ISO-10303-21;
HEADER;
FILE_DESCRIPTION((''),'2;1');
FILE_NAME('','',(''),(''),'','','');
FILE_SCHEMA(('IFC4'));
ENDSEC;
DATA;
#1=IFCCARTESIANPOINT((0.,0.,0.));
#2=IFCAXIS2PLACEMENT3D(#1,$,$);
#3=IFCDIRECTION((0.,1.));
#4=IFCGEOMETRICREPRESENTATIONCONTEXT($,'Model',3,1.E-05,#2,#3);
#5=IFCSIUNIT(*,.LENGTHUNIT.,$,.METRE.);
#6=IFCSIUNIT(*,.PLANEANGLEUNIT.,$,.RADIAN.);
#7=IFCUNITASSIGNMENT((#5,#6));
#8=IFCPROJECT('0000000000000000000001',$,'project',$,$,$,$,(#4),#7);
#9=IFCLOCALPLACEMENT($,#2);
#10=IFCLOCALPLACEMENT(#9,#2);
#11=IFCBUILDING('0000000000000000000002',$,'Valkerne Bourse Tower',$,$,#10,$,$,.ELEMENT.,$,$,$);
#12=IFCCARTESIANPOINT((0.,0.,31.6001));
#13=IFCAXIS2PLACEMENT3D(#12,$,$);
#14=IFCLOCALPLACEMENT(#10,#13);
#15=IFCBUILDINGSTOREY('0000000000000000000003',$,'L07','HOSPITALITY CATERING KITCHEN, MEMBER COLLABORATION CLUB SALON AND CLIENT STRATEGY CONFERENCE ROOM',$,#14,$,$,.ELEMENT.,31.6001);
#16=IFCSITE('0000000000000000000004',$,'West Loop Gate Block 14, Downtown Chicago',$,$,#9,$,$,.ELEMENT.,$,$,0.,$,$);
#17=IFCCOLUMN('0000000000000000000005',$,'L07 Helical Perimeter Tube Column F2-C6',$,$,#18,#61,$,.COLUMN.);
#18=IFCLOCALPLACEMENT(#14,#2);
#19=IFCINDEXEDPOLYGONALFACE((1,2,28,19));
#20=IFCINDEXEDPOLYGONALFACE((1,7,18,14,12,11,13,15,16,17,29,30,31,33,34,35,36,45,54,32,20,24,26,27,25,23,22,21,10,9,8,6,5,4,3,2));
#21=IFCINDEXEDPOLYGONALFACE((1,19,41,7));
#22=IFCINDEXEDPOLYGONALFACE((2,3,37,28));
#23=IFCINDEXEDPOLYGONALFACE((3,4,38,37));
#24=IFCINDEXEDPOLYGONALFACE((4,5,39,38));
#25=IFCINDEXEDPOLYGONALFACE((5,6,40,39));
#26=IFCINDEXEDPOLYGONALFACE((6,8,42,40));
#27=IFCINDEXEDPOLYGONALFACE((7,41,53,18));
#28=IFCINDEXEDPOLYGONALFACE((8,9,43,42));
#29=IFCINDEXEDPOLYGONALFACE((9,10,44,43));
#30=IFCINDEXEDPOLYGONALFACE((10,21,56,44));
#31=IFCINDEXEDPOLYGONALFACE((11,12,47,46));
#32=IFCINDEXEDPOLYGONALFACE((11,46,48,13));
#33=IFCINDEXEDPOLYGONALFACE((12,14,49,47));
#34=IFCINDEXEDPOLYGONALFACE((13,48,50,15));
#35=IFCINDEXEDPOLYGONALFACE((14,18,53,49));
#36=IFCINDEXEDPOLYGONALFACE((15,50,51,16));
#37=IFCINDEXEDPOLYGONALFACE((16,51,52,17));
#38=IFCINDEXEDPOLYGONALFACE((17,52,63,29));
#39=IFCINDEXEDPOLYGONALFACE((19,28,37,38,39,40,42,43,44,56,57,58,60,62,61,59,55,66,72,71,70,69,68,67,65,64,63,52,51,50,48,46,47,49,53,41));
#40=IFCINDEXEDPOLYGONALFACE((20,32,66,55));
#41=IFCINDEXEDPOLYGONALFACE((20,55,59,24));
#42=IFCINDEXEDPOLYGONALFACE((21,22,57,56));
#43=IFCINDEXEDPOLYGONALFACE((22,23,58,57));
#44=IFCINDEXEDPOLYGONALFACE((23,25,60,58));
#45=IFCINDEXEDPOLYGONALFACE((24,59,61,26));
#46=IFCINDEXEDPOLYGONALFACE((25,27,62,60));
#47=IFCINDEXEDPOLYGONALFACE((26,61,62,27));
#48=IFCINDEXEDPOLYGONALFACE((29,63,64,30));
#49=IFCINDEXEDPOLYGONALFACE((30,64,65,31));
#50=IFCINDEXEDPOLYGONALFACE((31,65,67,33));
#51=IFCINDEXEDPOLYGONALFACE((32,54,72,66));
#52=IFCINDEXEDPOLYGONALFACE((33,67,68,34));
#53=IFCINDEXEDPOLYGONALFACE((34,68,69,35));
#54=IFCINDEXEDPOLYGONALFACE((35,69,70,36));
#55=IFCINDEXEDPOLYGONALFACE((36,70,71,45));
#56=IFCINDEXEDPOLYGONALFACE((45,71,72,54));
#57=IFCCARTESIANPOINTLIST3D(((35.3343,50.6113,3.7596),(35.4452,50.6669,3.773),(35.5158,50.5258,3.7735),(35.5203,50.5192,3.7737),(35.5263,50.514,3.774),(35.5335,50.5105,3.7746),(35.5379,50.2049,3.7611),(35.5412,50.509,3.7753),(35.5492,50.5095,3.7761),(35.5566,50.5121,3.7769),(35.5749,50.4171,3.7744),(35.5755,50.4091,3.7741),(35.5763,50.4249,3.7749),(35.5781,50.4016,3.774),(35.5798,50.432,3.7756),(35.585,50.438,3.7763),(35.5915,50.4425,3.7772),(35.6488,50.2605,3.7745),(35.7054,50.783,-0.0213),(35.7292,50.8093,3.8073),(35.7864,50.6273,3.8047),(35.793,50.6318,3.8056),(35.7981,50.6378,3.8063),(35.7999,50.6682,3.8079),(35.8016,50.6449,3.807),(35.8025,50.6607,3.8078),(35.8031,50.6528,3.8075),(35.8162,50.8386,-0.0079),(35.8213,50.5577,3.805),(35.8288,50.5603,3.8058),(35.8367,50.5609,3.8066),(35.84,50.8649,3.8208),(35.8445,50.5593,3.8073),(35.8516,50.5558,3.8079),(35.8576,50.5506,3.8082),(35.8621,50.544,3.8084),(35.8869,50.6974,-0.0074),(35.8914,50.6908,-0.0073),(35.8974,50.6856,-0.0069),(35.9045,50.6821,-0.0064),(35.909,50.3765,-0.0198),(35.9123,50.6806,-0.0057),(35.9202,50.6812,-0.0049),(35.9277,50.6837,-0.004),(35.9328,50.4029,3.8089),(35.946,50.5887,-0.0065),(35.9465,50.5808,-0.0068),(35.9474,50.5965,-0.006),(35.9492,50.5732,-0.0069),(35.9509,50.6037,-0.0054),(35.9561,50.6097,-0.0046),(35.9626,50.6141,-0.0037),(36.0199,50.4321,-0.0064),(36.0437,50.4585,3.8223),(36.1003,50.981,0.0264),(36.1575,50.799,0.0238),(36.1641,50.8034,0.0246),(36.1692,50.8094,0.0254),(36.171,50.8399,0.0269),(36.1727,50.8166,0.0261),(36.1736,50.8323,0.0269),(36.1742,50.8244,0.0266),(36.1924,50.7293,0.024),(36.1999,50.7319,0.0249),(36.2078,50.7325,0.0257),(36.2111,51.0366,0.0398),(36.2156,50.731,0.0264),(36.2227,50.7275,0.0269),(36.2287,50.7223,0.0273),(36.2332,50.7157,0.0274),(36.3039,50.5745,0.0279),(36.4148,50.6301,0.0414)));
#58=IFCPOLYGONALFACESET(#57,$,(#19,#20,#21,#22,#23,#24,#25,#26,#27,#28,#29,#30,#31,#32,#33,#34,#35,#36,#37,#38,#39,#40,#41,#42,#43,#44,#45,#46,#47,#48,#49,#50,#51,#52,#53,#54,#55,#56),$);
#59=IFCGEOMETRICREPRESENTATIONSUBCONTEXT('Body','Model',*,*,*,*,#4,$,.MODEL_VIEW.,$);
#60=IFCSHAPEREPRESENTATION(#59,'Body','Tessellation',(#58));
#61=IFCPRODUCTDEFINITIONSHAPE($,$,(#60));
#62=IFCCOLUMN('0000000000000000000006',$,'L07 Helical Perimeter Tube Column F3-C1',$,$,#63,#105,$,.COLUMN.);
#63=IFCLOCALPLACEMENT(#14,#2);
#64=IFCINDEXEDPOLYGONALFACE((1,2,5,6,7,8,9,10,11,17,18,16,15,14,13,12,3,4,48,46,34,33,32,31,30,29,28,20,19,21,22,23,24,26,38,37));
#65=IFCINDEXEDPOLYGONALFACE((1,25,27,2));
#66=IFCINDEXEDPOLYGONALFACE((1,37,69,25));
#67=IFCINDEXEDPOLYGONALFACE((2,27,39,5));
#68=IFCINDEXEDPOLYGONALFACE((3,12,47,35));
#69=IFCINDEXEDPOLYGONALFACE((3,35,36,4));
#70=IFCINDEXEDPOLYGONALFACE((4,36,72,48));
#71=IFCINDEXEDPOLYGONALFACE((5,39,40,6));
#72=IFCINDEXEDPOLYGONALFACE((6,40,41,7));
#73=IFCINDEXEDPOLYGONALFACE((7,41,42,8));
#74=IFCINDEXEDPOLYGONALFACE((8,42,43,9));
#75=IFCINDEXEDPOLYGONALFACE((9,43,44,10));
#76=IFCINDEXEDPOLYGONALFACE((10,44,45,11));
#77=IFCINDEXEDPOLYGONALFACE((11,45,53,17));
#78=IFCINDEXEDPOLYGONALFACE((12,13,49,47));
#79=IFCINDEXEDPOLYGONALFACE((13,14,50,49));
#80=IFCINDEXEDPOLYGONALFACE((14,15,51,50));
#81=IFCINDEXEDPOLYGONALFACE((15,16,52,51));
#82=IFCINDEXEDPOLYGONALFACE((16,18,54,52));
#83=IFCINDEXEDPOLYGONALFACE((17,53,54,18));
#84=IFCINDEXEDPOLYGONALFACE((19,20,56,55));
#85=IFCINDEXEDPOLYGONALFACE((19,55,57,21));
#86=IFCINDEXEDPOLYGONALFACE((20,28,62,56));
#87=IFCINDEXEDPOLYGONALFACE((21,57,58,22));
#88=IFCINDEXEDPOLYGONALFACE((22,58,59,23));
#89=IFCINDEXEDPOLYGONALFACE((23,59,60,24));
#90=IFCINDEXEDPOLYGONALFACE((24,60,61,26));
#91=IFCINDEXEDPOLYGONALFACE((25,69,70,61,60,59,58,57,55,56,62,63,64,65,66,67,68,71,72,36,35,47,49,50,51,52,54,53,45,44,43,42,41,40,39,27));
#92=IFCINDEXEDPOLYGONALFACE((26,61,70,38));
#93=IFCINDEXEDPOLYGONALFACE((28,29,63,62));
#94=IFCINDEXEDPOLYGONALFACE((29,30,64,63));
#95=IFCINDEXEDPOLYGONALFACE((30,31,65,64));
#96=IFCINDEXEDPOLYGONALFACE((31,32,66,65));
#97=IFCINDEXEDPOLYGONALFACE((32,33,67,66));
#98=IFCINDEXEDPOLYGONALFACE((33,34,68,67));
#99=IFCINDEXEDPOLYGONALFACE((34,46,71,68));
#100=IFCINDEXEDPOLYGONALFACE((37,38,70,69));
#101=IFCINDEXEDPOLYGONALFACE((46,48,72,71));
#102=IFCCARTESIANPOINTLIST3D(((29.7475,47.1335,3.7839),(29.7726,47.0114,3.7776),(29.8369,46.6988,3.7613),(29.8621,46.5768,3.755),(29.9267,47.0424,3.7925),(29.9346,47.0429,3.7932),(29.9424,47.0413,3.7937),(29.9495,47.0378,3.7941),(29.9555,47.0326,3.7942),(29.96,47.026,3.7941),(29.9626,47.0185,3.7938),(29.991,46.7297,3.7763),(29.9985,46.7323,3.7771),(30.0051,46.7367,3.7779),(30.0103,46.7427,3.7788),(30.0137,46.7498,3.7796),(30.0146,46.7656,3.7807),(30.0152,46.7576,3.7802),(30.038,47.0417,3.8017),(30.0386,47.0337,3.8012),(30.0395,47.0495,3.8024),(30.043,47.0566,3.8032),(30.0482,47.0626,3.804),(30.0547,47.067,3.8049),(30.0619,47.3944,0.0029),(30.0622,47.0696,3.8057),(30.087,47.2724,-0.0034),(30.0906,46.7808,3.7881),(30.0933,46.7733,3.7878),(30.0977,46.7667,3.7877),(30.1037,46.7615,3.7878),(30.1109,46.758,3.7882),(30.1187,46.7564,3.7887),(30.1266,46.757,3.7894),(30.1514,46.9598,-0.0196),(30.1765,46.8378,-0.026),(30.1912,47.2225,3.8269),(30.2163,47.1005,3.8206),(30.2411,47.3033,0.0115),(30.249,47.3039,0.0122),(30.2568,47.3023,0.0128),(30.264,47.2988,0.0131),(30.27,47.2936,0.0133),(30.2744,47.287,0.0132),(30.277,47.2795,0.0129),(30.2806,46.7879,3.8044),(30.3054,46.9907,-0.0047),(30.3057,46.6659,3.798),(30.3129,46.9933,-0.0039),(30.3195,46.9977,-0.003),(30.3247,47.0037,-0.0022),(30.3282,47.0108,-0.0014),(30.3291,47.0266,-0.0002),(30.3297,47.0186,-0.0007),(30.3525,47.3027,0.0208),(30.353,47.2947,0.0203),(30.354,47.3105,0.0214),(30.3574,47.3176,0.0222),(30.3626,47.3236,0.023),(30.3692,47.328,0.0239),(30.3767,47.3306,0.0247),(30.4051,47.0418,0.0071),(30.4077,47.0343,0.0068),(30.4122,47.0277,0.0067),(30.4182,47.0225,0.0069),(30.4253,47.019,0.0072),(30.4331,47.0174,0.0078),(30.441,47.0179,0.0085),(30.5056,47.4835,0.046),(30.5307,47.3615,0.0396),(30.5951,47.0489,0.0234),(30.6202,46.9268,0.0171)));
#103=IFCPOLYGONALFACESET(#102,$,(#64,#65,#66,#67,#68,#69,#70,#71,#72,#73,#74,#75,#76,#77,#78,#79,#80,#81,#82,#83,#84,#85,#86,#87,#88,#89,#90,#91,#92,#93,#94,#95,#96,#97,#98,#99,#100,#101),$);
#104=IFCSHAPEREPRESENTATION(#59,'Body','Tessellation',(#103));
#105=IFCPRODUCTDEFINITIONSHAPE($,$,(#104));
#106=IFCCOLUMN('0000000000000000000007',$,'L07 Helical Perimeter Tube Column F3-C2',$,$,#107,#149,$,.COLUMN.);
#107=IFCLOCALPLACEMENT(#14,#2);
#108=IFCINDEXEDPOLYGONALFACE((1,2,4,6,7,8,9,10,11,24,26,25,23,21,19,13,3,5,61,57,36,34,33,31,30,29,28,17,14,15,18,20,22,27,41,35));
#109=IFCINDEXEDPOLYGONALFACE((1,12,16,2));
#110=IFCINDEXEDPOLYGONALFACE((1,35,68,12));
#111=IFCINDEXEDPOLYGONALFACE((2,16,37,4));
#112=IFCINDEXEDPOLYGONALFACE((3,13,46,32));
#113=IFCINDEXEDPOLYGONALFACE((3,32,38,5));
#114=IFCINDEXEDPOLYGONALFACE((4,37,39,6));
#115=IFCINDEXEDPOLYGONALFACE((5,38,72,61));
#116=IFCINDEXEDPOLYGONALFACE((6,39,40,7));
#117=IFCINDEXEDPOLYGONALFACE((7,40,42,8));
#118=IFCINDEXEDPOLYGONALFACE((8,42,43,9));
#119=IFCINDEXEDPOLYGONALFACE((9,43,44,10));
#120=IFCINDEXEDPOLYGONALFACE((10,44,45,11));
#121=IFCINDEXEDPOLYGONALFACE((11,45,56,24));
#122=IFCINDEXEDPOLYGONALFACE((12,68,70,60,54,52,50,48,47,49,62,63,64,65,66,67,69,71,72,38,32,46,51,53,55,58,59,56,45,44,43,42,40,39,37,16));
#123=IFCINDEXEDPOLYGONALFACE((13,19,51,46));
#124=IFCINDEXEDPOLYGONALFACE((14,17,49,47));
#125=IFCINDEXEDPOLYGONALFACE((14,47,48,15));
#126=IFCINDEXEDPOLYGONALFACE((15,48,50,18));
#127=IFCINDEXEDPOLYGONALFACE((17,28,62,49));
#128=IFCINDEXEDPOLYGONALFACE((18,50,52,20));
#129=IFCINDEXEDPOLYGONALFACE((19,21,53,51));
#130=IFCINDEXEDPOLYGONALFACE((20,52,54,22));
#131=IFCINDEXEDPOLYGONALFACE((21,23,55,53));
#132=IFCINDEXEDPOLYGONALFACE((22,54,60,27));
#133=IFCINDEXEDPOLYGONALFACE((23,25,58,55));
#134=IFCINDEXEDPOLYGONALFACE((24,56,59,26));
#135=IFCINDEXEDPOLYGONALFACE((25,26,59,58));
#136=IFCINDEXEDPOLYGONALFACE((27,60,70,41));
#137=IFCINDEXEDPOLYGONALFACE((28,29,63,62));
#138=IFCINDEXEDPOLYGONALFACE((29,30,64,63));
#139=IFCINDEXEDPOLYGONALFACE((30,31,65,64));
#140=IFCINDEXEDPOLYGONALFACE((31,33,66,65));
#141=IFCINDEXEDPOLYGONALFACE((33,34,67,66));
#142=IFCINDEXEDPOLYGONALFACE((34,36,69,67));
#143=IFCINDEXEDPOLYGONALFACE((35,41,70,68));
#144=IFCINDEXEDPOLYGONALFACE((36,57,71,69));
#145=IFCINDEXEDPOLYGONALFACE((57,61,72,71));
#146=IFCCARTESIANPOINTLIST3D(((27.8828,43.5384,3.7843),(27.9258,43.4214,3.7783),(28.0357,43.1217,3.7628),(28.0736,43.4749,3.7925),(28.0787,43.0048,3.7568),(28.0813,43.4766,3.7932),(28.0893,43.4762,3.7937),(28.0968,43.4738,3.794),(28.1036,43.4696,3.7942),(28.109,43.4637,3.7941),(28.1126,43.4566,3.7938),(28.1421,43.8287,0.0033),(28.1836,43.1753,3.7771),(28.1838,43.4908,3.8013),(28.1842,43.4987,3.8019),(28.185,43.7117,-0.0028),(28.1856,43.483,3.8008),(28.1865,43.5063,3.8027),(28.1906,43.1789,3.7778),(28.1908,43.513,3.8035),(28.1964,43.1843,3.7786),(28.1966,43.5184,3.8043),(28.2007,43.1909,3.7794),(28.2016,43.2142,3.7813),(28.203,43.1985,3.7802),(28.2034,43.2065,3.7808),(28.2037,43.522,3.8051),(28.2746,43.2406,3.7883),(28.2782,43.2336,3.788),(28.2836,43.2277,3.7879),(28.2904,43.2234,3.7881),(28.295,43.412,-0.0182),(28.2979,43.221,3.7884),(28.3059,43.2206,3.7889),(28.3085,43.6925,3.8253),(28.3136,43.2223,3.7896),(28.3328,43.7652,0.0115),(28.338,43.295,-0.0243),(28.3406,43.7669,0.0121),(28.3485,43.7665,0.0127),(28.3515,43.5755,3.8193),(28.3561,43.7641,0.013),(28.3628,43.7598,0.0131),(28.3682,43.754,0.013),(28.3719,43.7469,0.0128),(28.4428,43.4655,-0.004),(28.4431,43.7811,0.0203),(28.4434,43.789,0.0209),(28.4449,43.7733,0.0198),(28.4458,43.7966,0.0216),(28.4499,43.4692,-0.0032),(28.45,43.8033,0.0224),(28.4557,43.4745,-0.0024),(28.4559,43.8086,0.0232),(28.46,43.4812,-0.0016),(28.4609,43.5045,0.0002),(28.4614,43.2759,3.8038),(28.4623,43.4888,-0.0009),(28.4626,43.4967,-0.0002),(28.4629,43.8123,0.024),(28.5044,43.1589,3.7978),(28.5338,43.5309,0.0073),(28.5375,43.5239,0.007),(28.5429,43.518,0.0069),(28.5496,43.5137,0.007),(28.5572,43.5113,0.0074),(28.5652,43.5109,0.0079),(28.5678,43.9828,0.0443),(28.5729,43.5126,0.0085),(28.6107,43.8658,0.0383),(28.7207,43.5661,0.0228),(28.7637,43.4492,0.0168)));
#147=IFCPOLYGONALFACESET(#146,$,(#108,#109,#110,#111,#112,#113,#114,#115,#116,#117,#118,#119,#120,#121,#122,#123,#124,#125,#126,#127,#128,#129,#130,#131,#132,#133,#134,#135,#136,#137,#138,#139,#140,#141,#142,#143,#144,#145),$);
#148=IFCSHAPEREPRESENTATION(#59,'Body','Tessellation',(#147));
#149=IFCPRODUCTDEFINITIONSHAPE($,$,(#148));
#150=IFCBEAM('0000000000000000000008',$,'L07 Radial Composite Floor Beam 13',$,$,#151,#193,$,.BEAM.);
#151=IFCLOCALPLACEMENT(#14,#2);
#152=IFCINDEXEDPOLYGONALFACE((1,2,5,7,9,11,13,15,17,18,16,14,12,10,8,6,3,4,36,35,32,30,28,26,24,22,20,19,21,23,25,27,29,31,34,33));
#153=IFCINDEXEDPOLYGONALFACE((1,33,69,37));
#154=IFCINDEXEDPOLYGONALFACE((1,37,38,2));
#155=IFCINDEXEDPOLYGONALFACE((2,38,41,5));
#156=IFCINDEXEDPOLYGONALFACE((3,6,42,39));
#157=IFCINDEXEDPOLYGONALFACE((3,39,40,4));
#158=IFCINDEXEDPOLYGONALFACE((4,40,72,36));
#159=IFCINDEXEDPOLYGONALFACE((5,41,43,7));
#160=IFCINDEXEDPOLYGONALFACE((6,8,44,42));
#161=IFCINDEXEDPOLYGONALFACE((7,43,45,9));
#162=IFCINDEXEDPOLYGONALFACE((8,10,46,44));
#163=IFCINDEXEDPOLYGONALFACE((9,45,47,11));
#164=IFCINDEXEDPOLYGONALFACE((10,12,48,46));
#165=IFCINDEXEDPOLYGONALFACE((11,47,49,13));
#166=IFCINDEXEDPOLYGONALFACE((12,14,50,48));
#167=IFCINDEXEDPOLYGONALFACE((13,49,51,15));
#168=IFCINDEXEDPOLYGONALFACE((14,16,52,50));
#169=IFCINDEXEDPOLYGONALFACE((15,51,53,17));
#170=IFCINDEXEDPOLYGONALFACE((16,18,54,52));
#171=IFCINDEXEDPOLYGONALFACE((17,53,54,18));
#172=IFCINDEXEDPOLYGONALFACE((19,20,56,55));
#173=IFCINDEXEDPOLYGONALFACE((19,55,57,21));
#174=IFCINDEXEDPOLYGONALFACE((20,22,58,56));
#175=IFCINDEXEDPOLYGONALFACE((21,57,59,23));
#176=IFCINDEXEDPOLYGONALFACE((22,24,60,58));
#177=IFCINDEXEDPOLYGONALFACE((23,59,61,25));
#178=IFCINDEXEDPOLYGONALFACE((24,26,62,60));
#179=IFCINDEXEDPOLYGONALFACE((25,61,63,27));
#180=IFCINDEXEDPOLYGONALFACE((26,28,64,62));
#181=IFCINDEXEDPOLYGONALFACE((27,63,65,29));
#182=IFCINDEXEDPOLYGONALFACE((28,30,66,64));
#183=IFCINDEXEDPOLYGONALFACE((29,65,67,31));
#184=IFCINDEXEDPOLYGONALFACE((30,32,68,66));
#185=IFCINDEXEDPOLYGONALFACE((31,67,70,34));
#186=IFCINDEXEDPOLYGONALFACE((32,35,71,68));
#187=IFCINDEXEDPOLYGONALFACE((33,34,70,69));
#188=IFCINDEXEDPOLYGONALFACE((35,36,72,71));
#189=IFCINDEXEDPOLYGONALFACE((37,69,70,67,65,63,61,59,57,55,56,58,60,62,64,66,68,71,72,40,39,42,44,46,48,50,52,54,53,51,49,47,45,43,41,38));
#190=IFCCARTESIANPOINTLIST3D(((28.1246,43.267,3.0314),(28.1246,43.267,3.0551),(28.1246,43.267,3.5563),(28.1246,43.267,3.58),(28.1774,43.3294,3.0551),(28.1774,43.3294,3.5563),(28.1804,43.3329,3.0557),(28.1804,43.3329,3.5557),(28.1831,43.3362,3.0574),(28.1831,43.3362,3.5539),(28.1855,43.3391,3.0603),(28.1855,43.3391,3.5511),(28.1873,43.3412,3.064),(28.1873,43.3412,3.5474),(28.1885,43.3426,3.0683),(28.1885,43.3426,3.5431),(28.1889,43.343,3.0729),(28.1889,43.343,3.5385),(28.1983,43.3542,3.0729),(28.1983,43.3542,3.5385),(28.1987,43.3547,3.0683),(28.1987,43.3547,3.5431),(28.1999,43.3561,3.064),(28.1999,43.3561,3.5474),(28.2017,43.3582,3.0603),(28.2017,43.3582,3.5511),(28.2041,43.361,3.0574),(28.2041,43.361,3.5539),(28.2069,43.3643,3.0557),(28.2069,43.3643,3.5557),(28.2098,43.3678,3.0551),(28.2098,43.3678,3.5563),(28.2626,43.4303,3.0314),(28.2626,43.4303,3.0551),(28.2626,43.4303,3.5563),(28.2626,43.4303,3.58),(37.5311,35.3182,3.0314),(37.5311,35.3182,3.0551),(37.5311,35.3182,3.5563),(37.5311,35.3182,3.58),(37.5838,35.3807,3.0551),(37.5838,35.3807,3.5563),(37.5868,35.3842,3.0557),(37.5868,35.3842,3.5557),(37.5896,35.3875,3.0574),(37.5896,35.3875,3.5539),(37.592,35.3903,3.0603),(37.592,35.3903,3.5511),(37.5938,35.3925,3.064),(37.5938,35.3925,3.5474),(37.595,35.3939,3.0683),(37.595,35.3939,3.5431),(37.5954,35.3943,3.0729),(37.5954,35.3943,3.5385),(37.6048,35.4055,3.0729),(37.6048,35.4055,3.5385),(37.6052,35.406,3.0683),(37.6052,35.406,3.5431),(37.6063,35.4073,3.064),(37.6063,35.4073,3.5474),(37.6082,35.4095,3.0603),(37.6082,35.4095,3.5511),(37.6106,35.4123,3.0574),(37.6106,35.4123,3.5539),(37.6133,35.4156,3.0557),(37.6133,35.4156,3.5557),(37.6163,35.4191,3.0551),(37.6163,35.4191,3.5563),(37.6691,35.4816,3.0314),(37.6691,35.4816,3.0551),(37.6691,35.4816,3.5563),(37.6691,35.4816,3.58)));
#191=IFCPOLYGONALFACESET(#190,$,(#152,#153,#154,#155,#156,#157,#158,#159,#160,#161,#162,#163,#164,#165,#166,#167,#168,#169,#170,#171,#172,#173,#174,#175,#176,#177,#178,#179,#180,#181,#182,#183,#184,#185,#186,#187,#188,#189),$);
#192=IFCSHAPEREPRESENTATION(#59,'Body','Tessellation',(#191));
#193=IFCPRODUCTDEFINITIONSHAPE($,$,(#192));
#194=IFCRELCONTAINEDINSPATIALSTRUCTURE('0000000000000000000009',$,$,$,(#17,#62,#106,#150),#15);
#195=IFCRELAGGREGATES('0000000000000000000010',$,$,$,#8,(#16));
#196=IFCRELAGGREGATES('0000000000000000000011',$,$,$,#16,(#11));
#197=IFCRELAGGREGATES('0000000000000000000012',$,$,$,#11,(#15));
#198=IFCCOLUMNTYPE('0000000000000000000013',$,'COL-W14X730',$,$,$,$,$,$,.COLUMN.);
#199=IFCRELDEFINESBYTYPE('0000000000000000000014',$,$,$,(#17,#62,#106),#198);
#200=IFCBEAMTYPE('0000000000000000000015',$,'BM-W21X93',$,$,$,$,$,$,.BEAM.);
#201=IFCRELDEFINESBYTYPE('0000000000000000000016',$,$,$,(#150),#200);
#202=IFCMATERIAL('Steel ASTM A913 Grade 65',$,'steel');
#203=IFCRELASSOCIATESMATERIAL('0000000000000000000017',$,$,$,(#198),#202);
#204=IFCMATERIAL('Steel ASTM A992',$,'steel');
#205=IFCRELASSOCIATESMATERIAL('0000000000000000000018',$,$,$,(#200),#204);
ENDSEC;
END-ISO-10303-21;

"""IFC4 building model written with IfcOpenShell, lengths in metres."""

from ifc_helpers import new_model, si_unit, direction, frame, origin, origin_2d, place, context, subcontext, project, spatial, i_section, extrude, material, material_profile, profile_set, type_object, element, save


model = new_model("IFC4")

# Units and contexts
model_context = context("Model", 3, precision=1e-05, world=origin(), true_north=direction((0.0, 1.0)))
body_context = subcontext(model_context, "Body", "Model", "MODEL_VIEW")
ifc_project = project(units=[si_unit("LENGTHUNIT", "METRE"), si_unit("PLANEANGLEUNIT", "RADIAN")], contexts=[model_context])

# Site, building, storey
site_placement = place(None, origin())
site = spatial("IfcSite", under=ifc_project, at=site_placement, Name="West Loop Gate Block 14, Downtown Chicago", CompositionType="ELEMENT", RefElevation=0.0)
building_placement = place(site_placement, origin())
building = spatial("IfcBuilding", under=site, at=building_placement, Name="Valkerne Bourse Tower", CompositionType="ELEMENT")
storey_placement = place(building_placement, frame((0.0, 0.0, 31.6001)))
storey = spatial("IfcBuildingStorey", under=building, at=storey_placement, Name="L07", Description="HOSPITALITY CATERING KITCHEN, MEMBER COLLABORATION CLUB SALON AND CLIENT STRATEGY CONFERENCE ROOM", CompositionType="ELEMENT", Elevation=31.6001)

# Columns
ifc_material_1 = material(Name="Steel ASTM A913 Grade 65", Category="steel")
ifc_material_profile_1 = material_profile(ifc_material_1, i_section(OverallWidth=0.4546, OverallDepth=0.5691, WebThickness=0.0779, FlangeThickness=0.1248, FilletRadius=0.0305, at=origin_2d()), Name="W14X730")
ifc_profile_set_1 = profile_set([ifc_material_profile_1], Name="Steel ASTM A913 Grade 65")
column_type = type_object("IfcColumnType", Name="COL-W14X730", PredefinedType="COLUMN", material=ifc_profile_set_1)
for number, where, z_axis, x_axis, name in (
    (1, (36.0601, 50.7065, 0.01), (-0.097578, -0.04513, 0.994204), (-0.447914, 0.89407, -0.003377), "L07 Helical Perimeter Tube Column F2-C6"),
    (2, (30.3411, 47.1606, 0.01), (-0.082685, -0.068626, 0.99421), (-0.976027, -0.195966, -0.094699), "L07 Helical Perimeter Tube Column F3-C1"),
):
    element("IfcColumn", number, at=place(storey_placement, frame(where, z_axis=z_axis, x_axis=x_axis)), inside=storey, type_object=column_type, Name=name, PredefinedType="COLUMN", context=body_context, shape_type="SweptSolid", body=[
        extrude(i_section(OverallWidth=0.4546, OverallDepth=0.5691, WebThickness=0.0779, FlangeThickness=0.1248, FilletRadius=0.0305, at=origin_2d()), origin(), (0.0, 0.0, 1.0), 3.803),
    ])
column_placement = place(storey_placement, frame((28.4529, 43.6389, 0.01), z_axis=(-0.068213, -0.076371, 0.994743), x_axis=(-0.936432, -0.339043, -0.090244)))
element("IfcColumn", 3, at=column_placement, inside=storey, type_object=column_type, Name="L07 Helical Perimeter Tube Column F3-C2", PredefinedType="COLUMN", context=body_context, shape_type="SweptSolid", body=[
    extrude(i_section(OverallWidth=0.4546, OverallDepth=0.5691, WebThickness=0.0779, FlangeThickness=0.1248, FilletRadius=0.0305, at=origin_2d()), origin(), (0.0, 0.0, 1.0), 3.801),
])

# Beam
ifc_material_2 = material(Name="Steel ASTM A992", Category="steel")
ifc_material_profile_2 = material_profile(ifc_material_2, i_section(OverallWidth=0.2139, OverallDepth=0.5486, WebThickness=0.0146, FlangeThickness=0.0237, FilletRadius=0.0178, at=origin_2d()), Name="W21X93")
ifc_profile_set_2 = profile_set([ifc_material_profile_2], Name="Steel ASTM A992")
beam_type_1 = type_object("IfcBeamType", Name="BM-W21X93", PredefinedType="BEAM", material=ifc_profile_set_2)
beam_1_placement = place(storey_placement, frame((28.1936, 43.3486, 3.3057), z_axis=(0.763811, -0.64544, 0.0), x_axis=(0.64544, 0.763811, 0.0)))
element("IfcBeam", 4, at=beam_1_placement, inside=storey, type_object=beam_type_1, Name="L07 Radial Composite Floor Beam 13", PredefinedType="BEAM", context=body_context, shape_type="SweptSolid", body=[
    extrude(i_section(OverallWidth=0.2139, OverallDepth=0.5486, WebThickness=0.0146, FlangeThickness=0.0237, FilletRadius=0.0178, at=origin_2d()), origin(), (0.0, 0.0, 1.0), 12.3152),
])

save(model, "model.ifc")
